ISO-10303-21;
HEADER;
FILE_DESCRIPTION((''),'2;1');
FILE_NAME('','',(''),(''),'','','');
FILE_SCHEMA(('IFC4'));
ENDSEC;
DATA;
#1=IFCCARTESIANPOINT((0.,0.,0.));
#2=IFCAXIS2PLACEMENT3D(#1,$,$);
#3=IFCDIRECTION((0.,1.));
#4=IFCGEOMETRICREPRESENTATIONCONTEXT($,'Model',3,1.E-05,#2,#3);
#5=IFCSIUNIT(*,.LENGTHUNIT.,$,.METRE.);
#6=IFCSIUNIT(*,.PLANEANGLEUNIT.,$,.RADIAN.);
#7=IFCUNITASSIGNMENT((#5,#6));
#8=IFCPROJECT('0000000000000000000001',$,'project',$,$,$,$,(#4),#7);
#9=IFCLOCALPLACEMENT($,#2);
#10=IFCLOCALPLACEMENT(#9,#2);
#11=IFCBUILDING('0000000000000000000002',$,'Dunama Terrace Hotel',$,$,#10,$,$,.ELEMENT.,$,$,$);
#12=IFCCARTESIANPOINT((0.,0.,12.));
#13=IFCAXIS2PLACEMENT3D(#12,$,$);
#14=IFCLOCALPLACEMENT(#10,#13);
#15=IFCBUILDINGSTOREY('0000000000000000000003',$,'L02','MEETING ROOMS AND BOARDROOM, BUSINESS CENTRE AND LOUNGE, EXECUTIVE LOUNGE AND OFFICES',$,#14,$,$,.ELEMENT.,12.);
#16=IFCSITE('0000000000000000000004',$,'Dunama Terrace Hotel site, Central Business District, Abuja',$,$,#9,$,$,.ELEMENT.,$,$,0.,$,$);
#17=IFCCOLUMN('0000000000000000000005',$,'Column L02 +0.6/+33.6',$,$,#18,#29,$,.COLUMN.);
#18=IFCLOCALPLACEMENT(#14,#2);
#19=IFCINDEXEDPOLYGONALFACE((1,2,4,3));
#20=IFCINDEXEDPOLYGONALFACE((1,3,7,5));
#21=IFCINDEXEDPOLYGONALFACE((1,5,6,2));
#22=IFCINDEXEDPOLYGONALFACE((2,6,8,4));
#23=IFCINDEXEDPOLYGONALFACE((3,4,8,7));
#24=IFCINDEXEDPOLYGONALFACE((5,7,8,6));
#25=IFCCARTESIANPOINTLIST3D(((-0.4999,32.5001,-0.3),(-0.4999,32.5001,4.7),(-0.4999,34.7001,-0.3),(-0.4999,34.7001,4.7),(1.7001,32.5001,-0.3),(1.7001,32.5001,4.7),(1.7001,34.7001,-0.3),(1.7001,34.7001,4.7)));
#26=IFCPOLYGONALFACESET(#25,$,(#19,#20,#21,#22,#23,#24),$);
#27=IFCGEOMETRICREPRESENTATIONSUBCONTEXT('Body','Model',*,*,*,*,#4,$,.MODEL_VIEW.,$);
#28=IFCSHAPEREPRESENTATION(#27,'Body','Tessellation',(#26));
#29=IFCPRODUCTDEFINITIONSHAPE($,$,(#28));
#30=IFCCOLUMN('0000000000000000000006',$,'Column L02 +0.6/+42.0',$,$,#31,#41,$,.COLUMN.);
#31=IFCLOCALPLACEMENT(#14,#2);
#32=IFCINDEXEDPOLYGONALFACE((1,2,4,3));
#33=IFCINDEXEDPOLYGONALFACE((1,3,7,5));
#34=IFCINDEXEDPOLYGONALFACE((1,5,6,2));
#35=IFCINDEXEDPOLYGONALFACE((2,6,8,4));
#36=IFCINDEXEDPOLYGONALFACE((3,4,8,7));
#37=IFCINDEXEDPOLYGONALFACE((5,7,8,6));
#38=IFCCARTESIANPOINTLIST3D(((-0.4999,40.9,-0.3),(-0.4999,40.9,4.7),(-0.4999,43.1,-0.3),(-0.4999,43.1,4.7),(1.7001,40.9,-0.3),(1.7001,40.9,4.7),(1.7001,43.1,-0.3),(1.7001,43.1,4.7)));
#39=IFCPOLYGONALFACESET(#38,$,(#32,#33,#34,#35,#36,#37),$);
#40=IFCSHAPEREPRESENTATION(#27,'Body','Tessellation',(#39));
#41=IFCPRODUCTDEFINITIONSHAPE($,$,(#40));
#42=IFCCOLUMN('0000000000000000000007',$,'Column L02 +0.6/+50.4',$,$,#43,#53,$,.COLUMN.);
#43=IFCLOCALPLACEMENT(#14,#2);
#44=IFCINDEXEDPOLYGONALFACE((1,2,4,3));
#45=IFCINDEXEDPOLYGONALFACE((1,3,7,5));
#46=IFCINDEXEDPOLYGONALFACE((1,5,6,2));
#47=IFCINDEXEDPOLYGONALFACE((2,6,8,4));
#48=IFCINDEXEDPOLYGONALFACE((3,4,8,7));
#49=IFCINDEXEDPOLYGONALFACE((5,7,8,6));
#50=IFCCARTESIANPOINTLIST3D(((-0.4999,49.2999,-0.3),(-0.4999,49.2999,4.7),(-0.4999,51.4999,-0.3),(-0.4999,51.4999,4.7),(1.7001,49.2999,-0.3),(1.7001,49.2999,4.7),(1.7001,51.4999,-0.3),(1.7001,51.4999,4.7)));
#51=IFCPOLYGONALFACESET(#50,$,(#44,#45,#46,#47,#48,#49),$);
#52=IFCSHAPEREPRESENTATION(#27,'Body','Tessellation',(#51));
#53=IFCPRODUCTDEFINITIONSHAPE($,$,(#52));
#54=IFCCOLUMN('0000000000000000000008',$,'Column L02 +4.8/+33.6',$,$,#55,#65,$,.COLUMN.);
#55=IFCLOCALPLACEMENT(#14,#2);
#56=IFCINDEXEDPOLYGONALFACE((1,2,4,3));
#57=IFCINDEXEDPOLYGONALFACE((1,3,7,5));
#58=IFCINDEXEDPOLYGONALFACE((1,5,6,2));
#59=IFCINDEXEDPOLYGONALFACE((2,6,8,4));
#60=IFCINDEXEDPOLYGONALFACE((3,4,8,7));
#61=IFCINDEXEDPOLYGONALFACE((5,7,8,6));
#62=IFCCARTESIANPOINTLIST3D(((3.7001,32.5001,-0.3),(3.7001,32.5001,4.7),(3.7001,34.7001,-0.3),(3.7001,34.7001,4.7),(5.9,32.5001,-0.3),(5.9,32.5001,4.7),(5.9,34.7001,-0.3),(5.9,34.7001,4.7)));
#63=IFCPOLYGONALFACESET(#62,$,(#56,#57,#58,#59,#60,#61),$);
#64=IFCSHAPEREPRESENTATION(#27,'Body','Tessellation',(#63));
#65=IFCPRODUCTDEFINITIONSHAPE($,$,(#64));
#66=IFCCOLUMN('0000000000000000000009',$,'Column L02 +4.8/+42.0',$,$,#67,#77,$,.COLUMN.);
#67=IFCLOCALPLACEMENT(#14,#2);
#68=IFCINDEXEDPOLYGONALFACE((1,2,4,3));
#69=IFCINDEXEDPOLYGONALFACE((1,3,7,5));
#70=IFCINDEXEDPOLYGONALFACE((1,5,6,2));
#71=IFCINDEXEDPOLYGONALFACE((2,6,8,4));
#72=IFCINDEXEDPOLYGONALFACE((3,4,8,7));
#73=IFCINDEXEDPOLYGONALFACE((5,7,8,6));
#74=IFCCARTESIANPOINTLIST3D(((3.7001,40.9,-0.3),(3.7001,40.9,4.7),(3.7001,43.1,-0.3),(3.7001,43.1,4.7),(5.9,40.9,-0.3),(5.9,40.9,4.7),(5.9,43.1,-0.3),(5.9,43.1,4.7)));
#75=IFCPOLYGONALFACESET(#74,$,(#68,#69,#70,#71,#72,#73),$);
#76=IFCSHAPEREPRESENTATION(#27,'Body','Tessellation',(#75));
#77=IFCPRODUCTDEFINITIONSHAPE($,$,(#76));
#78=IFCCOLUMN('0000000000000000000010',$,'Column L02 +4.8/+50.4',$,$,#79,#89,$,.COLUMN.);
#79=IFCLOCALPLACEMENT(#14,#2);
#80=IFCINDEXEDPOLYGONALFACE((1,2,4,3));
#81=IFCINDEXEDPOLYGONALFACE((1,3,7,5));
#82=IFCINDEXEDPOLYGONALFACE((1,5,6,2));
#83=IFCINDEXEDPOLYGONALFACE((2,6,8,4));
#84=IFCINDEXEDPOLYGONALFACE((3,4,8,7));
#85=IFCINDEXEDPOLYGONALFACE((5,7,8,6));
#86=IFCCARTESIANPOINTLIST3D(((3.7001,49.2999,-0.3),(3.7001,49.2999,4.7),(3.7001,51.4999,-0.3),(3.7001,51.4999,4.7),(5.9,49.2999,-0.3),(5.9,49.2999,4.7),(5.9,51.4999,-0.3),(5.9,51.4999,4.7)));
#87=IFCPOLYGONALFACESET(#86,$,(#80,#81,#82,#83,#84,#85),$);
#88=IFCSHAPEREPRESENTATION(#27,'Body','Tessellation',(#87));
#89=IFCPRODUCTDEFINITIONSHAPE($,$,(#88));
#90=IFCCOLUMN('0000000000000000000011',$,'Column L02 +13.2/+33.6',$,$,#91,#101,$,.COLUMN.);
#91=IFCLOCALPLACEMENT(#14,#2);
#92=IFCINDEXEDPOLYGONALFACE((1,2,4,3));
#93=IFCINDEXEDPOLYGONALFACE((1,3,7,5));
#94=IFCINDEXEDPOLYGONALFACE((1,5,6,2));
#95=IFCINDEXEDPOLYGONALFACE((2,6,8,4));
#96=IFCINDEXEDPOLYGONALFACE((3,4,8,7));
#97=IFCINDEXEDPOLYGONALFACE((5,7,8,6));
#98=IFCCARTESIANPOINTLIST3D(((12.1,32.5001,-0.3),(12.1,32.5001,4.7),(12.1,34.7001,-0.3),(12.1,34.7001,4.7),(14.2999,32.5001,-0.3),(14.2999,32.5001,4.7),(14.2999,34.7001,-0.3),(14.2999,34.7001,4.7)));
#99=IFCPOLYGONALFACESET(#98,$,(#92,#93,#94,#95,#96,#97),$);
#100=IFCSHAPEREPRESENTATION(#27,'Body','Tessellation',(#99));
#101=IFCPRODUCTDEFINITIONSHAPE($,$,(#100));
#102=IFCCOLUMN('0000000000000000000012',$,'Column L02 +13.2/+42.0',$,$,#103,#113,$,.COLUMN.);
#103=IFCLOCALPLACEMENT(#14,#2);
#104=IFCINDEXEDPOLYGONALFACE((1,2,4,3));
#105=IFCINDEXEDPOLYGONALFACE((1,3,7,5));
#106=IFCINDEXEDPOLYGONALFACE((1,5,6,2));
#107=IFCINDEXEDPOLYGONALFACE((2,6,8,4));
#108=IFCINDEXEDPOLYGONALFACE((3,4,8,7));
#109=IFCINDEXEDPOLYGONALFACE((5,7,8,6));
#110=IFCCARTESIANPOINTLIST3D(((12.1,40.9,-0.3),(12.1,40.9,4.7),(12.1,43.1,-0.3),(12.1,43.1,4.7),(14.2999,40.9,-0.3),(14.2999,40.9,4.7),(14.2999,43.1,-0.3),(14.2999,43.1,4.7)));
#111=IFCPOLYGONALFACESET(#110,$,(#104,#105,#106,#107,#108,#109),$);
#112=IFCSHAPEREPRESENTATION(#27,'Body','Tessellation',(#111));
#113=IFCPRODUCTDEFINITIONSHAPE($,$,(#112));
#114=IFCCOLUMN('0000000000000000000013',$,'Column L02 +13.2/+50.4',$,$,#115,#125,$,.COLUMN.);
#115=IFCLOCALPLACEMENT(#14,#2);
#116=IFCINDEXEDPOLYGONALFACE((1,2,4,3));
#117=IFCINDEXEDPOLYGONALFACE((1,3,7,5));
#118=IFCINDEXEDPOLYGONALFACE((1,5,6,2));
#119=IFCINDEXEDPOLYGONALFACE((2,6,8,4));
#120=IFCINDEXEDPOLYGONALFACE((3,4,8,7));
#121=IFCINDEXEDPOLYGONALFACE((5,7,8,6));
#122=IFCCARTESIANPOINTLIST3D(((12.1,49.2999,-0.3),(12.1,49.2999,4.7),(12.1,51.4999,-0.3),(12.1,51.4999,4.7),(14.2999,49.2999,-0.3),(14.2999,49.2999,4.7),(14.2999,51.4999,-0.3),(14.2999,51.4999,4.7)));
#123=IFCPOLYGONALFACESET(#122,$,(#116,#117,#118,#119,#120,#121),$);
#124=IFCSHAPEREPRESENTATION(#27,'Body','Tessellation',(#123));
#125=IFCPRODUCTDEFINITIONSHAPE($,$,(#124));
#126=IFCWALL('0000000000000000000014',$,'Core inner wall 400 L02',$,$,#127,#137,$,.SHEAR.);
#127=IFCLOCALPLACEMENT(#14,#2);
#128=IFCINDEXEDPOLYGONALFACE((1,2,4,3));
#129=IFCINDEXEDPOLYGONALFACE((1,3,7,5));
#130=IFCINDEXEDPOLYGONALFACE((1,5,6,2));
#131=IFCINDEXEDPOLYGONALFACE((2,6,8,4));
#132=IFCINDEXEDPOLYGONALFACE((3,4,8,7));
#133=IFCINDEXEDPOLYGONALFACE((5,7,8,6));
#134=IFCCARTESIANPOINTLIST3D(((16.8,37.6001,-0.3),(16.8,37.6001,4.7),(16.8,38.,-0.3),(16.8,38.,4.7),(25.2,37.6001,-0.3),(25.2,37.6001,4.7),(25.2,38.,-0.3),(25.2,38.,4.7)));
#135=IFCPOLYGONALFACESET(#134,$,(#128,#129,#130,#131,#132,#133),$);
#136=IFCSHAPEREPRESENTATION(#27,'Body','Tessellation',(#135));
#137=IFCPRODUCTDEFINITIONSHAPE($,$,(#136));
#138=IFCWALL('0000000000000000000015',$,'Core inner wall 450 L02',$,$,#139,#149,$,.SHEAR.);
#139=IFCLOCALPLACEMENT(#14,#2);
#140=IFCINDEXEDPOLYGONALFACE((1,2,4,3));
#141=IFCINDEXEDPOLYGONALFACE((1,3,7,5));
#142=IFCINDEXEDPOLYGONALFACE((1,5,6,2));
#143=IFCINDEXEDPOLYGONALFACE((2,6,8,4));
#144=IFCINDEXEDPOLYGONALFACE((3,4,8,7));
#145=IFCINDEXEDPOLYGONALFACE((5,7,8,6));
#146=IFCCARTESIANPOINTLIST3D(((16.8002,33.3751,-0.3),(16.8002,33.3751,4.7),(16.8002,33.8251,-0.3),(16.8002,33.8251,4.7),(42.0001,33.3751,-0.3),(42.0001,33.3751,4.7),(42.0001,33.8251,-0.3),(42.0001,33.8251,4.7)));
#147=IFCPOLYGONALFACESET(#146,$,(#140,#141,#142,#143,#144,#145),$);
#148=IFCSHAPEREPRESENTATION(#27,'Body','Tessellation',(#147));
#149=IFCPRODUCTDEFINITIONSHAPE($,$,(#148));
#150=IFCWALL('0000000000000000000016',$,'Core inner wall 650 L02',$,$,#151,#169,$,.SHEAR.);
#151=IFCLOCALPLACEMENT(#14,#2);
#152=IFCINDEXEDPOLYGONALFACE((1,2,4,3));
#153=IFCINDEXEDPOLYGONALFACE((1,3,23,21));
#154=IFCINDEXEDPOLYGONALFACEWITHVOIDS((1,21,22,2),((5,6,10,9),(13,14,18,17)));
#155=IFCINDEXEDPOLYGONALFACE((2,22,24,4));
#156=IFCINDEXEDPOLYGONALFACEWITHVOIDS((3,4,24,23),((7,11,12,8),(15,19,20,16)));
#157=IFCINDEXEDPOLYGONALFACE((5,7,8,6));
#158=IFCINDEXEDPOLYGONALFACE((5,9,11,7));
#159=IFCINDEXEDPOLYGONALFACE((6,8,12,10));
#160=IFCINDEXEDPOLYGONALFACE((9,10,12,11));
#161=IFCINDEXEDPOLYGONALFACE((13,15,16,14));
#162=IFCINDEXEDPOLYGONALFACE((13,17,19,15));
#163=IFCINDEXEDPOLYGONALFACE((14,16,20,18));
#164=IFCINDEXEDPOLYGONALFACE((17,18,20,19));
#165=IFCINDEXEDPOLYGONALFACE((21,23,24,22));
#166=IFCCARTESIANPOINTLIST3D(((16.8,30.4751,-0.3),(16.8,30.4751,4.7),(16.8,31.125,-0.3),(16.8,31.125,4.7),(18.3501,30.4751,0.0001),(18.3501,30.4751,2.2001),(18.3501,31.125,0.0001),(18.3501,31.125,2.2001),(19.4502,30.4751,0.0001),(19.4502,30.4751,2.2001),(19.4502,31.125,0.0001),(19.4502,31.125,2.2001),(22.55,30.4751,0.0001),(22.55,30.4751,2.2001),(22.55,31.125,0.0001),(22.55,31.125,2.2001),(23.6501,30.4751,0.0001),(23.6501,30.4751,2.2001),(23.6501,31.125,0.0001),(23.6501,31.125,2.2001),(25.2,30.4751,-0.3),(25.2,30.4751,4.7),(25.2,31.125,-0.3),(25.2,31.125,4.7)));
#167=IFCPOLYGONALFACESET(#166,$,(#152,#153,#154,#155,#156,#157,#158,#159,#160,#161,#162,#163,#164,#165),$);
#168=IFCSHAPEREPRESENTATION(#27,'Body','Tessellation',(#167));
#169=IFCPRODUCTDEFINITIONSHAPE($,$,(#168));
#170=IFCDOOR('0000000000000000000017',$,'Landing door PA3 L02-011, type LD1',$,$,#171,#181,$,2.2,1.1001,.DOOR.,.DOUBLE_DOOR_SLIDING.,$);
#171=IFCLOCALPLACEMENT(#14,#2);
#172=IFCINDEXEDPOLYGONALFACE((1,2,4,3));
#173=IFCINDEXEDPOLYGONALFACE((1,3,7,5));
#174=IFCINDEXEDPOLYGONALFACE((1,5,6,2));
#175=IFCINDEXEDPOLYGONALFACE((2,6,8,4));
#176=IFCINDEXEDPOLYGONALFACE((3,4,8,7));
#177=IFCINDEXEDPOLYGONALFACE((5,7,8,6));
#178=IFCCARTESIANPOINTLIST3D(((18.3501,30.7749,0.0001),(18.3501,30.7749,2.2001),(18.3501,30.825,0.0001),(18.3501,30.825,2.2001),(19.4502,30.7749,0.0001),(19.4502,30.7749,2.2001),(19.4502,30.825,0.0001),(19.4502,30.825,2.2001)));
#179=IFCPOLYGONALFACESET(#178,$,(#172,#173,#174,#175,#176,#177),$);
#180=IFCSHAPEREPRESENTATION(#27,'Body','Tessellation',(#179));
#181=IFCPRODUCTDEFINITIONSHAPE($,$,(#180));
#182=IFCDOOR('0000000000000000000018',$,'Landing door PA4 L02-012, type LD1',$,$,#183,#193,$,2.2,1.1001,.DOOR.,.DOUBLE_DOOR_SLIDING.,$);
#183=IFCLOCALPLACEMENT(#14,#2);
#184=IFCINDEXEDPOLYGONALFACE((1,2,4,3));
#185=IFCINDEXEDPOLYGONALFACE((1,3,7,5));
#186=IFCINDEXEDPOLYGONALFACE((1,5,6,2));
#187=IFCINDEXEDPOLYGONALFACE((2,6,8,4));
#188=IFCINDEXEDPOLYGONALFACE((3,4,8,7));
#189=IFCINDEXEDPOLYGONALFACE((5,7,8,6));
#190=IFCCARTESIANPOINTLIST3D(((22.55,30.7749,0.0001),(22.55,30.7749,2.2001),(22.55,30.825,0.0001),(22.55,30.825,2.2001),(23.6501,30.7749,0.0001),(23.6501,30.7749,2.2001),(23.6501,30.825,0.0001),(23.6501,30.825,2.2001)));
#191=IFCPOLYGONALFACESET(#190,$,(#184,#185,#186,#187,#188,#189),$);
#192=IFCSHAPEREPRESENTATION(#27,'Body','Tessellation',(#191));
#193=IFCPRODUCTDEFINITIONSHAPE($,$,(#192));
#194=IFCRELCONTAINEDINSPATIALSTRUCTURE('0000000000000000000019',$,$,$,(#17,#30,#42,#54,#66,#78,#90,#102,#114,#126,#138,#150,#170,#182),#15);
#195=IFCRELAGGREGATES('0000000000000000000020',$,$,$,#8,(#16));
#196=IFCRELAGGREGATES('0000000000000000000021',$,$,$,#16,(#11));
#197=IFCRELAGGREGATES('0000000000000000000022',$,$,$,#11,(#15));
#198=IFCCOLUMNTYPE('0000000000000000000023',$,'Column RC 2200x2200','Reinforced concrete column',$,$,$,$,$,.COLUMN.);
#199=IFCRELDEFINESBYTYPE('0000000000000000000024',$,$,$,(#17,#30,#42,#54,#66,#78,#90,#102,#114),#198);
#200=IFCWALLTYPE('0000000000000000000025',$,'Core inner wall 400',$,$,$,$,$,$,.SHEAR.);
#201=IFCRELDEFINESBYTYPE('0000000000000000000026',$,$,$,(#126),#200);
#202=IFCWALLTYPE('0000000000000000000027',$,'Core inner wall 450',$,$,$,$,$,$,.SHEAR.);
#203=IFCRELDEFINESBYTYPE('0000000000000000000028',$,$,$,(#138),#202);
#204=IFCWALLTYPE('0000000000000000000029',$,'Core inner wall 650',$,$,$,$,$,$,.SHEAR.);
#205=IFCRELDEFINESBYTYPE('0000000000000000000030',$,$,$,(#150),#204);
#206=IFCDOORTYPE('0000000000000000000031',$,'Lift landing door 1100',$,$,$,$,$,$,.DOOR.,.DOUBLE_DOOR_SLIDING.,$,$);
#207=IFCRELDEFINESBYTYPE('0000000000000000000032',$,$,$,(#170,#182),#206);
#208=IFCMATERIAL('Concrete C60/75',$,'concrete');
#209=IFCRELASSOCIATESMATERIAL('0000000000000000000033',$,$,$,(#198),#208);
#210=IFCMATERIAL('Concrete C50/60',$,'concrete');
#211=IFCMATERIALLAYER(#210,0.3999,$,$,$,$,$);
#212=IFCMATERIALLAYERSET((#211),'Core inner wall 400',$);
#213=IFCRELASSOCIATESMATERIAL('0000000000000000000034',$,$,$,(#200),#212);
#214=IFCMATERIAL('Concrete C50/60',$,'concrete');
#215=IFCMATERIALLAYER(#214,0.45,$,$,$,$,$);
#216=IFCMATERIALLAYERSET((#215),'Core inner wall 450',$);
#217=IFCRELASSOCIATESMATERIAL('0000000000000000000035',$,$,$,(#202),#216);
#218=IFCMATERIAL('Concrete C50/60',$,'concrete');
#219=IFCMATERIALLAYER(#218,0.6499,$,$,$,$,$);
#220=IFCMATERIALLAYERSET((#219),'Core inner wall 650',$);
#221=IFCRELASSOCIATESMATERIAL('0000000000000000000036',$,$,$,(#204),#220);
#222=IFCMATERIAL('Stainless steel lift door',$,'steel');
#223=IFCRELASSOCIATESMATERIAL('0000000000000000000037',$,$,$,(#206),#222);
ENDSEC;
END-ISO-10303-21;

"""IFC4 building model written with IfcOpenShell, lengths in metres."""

from ifc_helpers import new_model, si_unit, direction, frame, frame_2d, origin, origin_2d, place, context, subcontext, project, spatial, rectangle, extrude, material, layer, layer_set, material_profile, profile_set, type_object, element, fill, save


model = new_model("IFC4")

# Units and contexts
model_context = context("Model", 3, precision=1e-05, world=origin(), true_north=direction((0.0, 1.0)))
body_context = subcontext(model_context, "Body", "Model", "MODEL_VIEW")
ifc_project = project(units=[si_unit("LENGTHUNIT", "METRE"), si_unit("PLANEANGLEUNIT", "RADIAN")], contexts=[model_context])

# Site, building, storey
site_placement = place(None, origin())
site = spatial("IfcSite", under=ifc_project, at=site_placement, Name="Dunama Terrace Hotel site, Central Business District, Abuja", CompositionType="ELEMENT", RefElevation=0.0)
building_placement = place(site_placement, origin())
building = spatial("IfcBuilding", under=site, at=building_placement, Name="Dunama Terrace Hotel", CompositionType="ELEMENT")
storey_placement = place(building_placement, frame((0.0, 0.0, 12.0)))
storey = spatial("IfcBuildingStorey", under=building, at=storey_placement, Name="L02", Description="MEETING ROOMS AND BOARDROOM, BUSINESS CENTRE AND LOUNGE, EXECUTIVE LOUNGE AND OFFICES", CompositionType="ELEMENT", Elevation=12.0)

# Columns
ifc_material_1 = material(Name="Concrete C60/75", Category="concrete")
ifc_material_profile = material_profile(ifc_material_1, rectangle(XDim=2.2, YDim=2.2, at=origin_2d()), Name="RC 2200x2200")
ifc_profile_set = profile_set([ifc_material_profile], Name="Concrete C60/75")
column_type = type_object("IfcColumnType", Name="Column RC 2200x2200", Description="Reinforced concrete column", PredefinedType="COLUMN", material=ifc_profile_set)
for number, where, z_axis, x_axis, name in (
    (1, (0.6001, 33.6001, -0.3), (0.0, 0.0, 1.0), (1.0, 0.0, 0.0), "Column L02 +0.6/+33.6"),
    (2, (0.6001, 42.0, -0.3), (0.0, 0.0, 1.0), (1.0, 0.0, 0.0), "Column L02 +0.6/+42.0"),
    (3, (0.6001, 50.3999, -0.3), (0.0, 0.0, 1.0), (1.0, 0.0, 0.0), "Column L02 +0.6/+50.4"),
    (4, (4.8, 33.6001, -0.3), (0.0, 0.0, 1.0), (1.0, 0.0, 0.0), "Column L02 +4.8/+33.6"),
    (5, (4.8, 42.0, -0.3), (0.0, 0.0, 1.0), (1.0, 0.0, 0.0), "Column L02 +4.8/+42.0"),
    (6, (4.8, 50.3999, -0.3), (0.0, 0.0, 1.0), (1.0, 0.0, 0.0), "Column L02 +4.8/+50.4"),
    (7, (13.2, 33.6001, -0.3), (0.0, 0.0, 1.0), (1.0, 0.0, 0.0), "Column L02 +13.2/+33.6"),
    (8, (13.2, 42.0, -0.3), (0.0, 0.0, 1.0), (1.0, 0.0, 0.0), "Column L02 +13.2/+42.0"),
    (9, (13.2, 50.3999, -0.3), (0.0, 0.0, 1.0), (1.0, 0.0, 0.0), "Column L02 +13.2/+50.4"),
):
    element("IfcColumn", number, at=place(storey_placement, frame(where, z_axis=z_axis, x_axis=x_axis)), inside=storey, type_object=column_type, Name=name, PredefinedType="COLUMN", context=body_context, shape_type="SweptSolid", body=[
        extrude(rectangle(XDim=2.2, YDim=2.2, at=origin_2d()), origin(), (0.0, 0.0, 1.0), 5.0),
    ])

# Walls
ifc_material_2 = material(Name="Concrete C50/60", Category="concrete")
ifc_layer_1 = layer(ifc_material_2, 0.3999)
ifc_layer_set_1 = layer_set([ifc_layer_1], Name="Core inner wall 400")
wall_type_1 = type_object("IfcWallType", Name="Core inner wall 400", PredefinedType="SHEAR", material=ifc_layer_set_1)
wall_1_placement = place(storey_placement, frame((16.8, 37.8, -0.3), z_axis=(0.0, 0.0, 1.0), x_axis=(1.0, 0.0, 0.0)))
element("IfcWall", 10, at=wall_1_placement, inside=storey, type_object=wall_type_1, Name="Core inner wall 400 L02", PredefinedType="SHEAR", context=body_context, shape_type="SweptSolid", body=[
    extrude(rectangle(XDim=8.3999, YDim=0.3999, at=frame_2d((4.2, 0.0))), origin(), (0.0, 0.0, 1.0), 5.0),
])
ifc_material_3 = material(Name="Concrete C50/60", Category="concrete")
ifc_layer_2 = layer(ifc_material_3, 0.45)
ifc_layer_set_2 = layer_set([ifc_layer_2], Name="Core inner wall 450")
wall_type_2 = type_object("IfcWallType", Name="Core inner wall 450", PredefinedType="SHEAR", material=ifc_layer_set_2)
wall_2_placement = place(storey_placement, frame((16.8, 33.6001, -0.3), z_axis=(0.0, 0.0, 1.0), x_axis=(1.0, 0.0, 0.0)))
element("IfcWall", 11, at=wall_2_placement, inside=storey, type_object=wall_type_2, Name="Core inner wall 450 L02", PredefinedType="SHEAR", context=body_context, shape_type="SweptSolid", body=[
    extrude(rectangle(XDim=25.2, YDim=0.45, at=frame_2d((12.6001, 0.0))), origin(), (0.0, 0.0, 1.0), 5.0),
])

# Wall, openings, doors
ifc_material_4 = material(Name="Concrete C50/60", Category="concrete")
ifc_layer_3 = layer(ifc_material_4, 0.6499)
ifc_layer_set_3 = layer_set([ifc_layer_3], Name="Core inner wall 650")
wall_type_3 = type_object("IfcWallType", Name="Core inner wall 650", PredefinedType="SHEAR", material=ifc_layer_set_3)
wall_3_placement = place(storey_placement, frame((16.8, 30.8, -0.3), z_axis=(0.0, 0.0, 1.0), x_axis=(1.0, 0.0, 0.0)))
wall_3 = element("IfcWall", 12, at=wall_3_placement, inside=storey, type_object=wall_type_3, Name="Core inner wall 650 L02", PredefinedType="SHEAR", context=body_context, shape_type="SweptSolid", body=[
    extrude(rectangle(XDim=8.3999, YDim=0.6499, at=frame_2d((4.2, 0.0))), origin(), (0.0, 0.0, 1.0), 5.0),
])
opening_1_placement = place(wall_3_placement, frame((1.55, 0.0, 0.3)))
opening_1 = element("IfcOpeningElement", 13, at=opening_1_placement, cuts=wall_3, PredefinedType="OPENING", context=body_context, shape_type="SweptSolid", body=[
    extrude(rectangle(XDim=1.1001, YDim=2.2, at=frame_2d((0.55, 1.1001))), frame((0.0, 0.335, 0.0), z_axis=(0.0, -1.0, 0.0), x_axis=(1.0, 0.0, 0.0)), (0.0, 0.0, 1.0), 0.6699),
])
opening_2_placement = place(wall_3_placement, frame((5.75, 0.0, 0.3)))
opening_2 = element("IfcOpeningElement", 14, at=opening_2_placement, cuts=wall_3, PredefinedType="OPENING", context=body_context, shape_type="SweptSolid", body=[
    extrude(rectangle(XDim=1.1001, YDim=2.2, at=frame_2d((0.55, 1.1001))), frame((0.0, 0.335, 0.0), z_axis=(0.0, -1.0, 0.0), x_axis=(1.0, 0.0, 0.0)), (0.0, 0.0, 1.0), 0.6699),
])
ifc_material_5 = material(Name="Stainless steel lift door", Category="steel")
door_type_1 = type_object("IfcDoorType", Name="Lift landing door 1100", OperationType="DOUBLE_DOOR_SLIDING", PredefinedType="DOOR", material=ifc_material_5)
door_1_placement = place(opening_1_placement, origin())
door_1 = element("IfcDoor", 15, at=door_1_placement, inside=storey, type_object=door_type_1, Name="Landing door PA3 L02-011, type LD1", OperationType="DOUBLE_DOOR_SLIDING", OverallHeight=2.2, OverallWidth=1.1001, PredefinedType="DOOR", context=body_context, shape_type="SweptSolid", body=[
    extrude(rectangle(XDim=1.1001, YDim=2.2, at=frame_2d((0.55, 1.1001))), frame((0.0, 0.0249, 0.0), z_axis=(0.0, -1.0, 0.0), x_axis=(1.0, 0.0, 0.0)), (0.0, 0.0, 1.0), 0.05),
])
fill(opening_1, door_1)
door_2_placement = place(opening_2_placement, origin())
door_2 = element("IfcDoor", 16, at=door_2_placement, inside=storey, type_object=door_type_1, Name="Landing door PA4 L02-012, type LD1", OperationType="DOUBLE_DOOR_SLIDING", OverallHeight=2.2, OverallWidth=1.1001, PredefinedType="DOOR", context=body_context, shape_type="SweptSolid", body=[
    extrude(rectangle(XDim=1.1001, YDim=2.2, at=frame_2d((0.55, 1.1001))), frame((0.0, 0.0249, 0.0), z_axis=(0.0, -1.0, 0.0), x_axis=(1.0, 0.0, 0.0)), (0.0, 0.0, 1.0), 0.05),
])
fill(opening_2, door_2)

save(model, "model.ifc")
